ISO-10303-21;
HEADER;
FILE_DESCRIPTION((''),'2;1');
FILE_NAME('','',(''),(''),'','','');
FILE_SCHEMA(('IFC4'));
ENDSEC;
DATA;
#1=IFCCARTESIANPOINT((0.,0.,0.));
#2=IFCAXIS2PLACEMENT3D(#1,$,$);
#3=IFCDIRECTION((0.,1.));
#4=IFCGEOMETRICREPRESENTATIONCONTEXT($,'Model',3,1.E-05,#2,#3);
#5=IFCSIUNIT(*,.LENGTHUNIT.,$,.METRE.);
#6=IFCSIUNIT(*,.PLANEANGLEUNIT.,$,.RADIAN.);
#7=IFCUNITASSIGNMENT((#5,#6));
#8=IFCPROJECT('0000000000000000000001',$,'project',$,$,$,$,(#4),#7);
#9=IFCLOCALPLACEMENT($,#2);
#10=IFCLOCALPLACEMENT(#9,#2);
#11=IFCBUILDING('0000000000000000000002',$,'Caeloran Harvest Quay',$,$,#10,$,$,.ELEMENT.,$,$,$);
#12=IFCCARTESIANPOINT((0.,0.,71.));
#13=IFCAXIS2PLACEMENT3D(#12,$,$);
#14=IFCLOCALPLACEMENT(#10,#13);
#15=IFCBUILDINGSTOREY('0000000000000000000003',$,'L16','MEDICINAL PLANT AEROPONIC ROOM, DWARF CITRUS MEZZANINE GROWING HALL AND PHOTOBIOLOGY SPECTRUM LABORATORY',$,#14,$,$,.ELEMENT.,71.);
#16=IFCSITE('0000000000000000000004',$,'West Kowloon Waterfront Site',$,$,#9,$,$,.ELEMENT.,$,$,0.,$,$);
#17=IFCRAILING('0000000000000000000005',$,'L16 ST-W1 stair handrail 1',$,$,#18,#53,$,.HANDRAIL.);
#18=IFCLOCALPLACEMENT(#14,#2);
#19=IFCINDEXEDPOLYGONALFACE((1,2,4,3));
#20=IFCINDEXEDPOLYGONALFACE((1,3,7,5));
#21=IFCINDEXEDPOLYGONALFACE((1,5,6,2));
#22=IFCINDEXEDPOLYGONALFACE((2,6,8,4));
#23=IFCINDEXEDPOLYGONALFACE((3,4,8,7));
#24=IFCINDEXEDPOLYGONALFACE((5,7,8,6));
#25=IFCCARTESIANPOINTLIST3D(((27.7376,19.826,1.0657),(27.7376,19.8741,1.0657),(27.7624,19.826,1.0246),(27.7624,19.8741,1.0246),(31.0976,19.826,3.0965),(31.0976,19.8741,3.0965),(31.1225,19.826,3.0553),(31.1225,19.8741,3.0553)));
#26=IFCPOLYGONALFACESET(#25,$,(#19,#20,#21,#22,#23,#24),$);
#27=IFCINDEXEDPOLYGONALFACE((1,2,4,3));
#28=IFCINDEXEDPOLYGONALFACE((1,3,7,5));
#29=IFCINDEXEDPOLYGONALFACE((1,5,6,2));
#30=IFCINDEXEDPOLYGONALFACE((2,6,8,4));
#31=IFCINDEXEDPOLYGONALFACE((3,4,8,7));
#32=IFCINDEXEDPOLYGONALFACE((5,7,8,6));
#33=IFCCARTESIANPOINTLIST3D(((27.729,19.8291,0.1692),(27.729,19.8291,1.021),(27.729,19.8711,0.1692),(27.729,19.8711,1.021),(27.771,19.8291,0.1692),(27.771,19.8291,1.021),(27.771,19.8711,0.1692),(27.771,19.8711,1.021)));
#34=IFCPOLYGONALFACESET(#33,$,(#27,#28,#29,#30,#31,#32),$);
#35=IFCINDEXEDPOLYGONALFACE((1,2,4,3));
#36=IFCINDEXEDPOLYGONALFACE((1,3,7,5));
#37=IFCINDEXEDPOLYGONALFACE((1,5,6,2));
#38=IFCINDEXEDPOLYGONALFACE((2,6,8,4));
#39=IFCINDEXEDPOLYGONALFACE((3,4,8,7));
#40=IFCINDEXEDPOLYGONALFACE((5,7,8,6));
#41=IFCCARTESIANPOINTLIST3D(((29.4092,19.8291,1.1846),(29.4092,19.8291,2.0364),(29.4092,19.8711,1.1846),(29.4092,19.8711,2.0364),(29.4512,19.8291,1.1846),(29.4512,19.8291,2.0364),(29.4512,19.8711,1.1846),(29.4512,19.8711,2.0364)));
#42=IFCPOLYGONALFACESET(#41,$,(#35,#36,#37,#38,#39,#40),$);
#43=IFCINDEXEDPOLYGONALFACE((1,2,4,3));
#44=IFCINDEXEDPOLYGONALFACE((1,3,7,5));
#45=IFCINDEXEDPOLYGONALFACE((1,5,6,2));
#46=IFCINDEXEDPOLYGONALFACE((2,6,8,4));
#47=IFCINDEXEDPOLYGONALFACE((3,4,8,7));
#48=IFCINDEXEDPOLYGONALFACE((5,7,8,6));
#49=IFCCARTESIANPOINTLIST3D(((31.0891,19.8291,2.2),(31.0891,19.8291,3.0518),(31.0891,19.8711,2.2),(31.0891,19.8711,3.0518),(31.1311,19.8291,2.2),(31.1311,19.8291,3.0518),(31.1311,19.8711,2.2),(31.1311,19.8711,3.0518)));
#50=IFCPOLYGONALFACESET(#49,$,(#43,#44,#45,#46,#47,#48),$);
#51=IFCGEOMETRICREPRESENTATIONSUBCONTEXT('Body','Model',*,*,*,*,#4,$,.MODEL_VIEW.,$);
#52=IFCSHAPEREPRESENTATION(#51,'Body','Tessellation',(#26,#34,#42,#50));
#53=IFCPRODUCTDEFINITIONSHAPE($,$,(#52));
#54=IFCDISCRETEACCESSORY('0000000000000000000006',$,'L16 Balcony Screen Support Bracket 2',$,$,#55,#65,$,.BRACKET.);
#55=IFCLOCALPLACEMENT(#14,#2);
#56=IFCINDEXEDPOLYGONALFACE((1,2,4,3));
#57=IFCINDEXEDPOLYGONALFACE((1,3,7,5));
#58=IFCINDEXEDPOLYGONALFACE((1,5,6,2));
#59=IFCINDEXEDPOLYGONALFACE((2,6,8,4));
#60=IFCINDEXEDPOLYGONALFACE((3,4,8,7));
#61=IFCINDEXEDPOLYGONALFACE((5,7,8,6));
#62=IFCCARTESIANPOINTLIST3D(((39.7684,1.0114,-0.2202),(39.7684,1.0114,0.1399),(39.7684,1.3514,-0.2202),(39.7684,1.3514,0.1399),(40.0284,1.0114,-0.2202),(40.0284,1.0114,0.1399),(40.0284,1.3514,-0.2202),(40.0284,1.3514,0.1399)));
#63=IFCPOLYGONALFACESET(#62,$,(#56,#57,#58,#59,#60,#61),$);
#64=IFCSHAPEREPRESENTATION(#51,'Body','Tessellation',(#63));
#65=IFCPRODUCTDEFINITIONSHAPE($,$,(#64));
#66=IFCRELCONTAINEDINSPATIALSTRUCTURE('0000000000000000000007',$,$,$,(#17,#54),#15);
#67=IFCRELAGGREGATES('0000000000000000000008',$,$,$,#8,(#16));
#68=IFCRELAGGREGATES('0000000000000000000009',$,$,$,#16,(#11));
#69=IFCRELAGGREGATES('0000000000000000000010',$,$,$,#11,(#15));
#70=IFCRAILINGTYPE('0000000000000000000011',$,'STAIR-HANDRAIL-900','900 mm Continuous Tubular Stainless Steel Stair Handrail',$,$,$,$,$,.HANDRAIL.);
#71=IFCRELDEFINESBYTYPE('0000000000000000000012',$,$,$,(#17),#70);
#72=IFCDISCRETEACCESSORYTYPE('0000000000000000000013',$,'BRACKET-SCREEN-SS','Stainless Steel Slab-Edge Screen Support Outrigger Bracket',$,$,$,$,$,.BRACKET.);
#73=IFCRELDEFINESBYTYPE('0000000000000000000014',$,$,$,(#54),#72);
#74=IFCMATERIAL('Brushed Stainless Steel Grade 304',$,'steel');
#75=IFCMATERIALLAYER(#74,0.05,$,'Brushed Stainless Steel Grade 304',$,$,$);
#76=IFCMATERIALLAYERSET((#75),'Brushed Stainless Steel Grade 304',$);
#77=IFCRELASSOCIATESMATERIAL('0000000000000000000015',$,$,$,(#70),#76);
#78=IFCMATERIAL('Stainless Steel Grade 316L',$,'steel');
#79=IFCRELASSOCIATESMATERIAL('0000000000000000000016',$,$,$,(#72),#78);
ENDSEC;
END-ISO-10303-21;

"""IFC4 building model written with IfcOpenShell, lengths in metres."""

from ifc_helpers import new_model, si_unit, direction, frame, origin, origin_2d, place, context, subcontext, project, spatial, rectangle, extrude, material, layer, layer_set, type_object, element, save


model = new_model("IFC4")

# Units and contexts
model_context = context("Model", 3, precision=1e-05, world=origin(), true_north=direction((0.0, 1.0)))
body_context = subcontext(model_context, "Body", "Model", "MODEL_VIEW")
ifc_project = project(units=[si_unit("LENGTHUNIT", "METRE"), si_unit("PLANEANGLEUNIT", "RADIAN")], contexts=[model_context])

# Site, building, storey
site_placement = place(None, origin())
site = spatial("IfcSite", under=ifc_project, at=site_placement, Name="West Kowloon Waterfront Site", CompositionType="ELEMENT", RefElevation=0.0)
building_placement = place(site_placement, origin())
building = spatial("IfcBuilding", under=site, at=building_placement, Name="Caeloran Harvest Quay", CompositionType="ELEMENT")
storey_placement = place(building_placement, frame((0.0, 0.0, 71.0)))
storey = spatial("IfcBuildingStorey", under=building, at=storey_placement, Name="L16", Description="MEDICINAL PLANT AEROPONIC ROOM, DWARF CITRUS MEZZANINE GROWING HALL AND PHOTOBIOLOGY SPECTRUM LABORATORY", CompositionType="ELEMENT", Elevation=71.0)

# Railing
ifc_material_1 = material(Name="Brushed Stainless Steel Grade 304", Category="steel")
ifc_layer_1 = layer(ifc_material_1, 0.05, Name="Brushed Stainless Steel Grade 304")
ifc_layer_set_1 = layer_set([ifc_layer_1], Name="Brushed Stainless Steel Grade 304")
railing_type_1 = type_object("IfcRailingType", Name="STAIR-HANDRAIL-900", Description="900 mm Continuous Tubular Stainless Steel Stair Handrail", PredefinedType="HANDRAIL", material=ifc_layer_set_1)
railing_1_placement = place(storey_placement, frame((27.75, 19.8501, 0.1692)))
element("IfcRailing", 1, at=railing_1_placement, inside=storey, type_object=railing_type_1, Name="L16 ST-W1 stair handrail 1", PredefinedType="HANDRAIL", context=body_context, shape_type="SweptSolid", body=[
    extrude(rectangle(XDim=0.0481, YDim=0.0481, at=origin_2d()), frame((0.0, 0.0, 0.876), z_axis=(0.855837, 0.0, 0.517246), x_axis=(0.0, 1.0, 0.0)), (0.0, 0.0, 1.0), 3.926),
    extrude(rectangle(XDim=0.042, YDim=0.042, at=origin_2d()), origin(), (0.0, 0.0, 1.0), 0.8518),
    extrude(rectangle(XDim=0.042, YDim=0.042, at=origin_2d()), frame((1.6802, 0.0, 1.0154)), (0.0, 0.0, 1.0), 0.8518),
    extrude(rectangle(XDim=0.042, YDim=0.042, at=origin_2d()), frame((3.3601, 0.0, 2.0308)), (0.0, 0.0, 1.0), 0.8518),
])

# Discrete accessory
ifc_material_2 = material(Name="Stainless Steel Grade 316L", Category="steel")
discrete_accessory_type = type_object("IfcDiscreteAccessoryType", Name="BRACKET-SCREEN-SS", Description="Stainless Steel Slab-Edge Screen Support Outrigger Bracket", PredefinedType="BRACKET", material=ifc_material_2)
discrete_accessory_placement = place(storey_placement, frame((39.8984, 1.1814, -0.2202), z_axis=(0.0, 0.0, 1.0), x_axis=(1.0, 0.0, 0.0)))
element("IfcDiscreteAccessory", 2, at=discrete_accessory_placement, inside=storey, type_object=discrete_accessory_type, Name="L16 Balcony Screen Support Bracket 2", PredefinedType="BRACKET", context=body_context, shape_type="SweptSolid", body=[
    extrude(rectangle(XDim=0.26, YDim=0.3401, at=origin_2d()), origin(), (0.0, 0.0, 1.0), 0.3601),
])

save(model, "model.ifc")
